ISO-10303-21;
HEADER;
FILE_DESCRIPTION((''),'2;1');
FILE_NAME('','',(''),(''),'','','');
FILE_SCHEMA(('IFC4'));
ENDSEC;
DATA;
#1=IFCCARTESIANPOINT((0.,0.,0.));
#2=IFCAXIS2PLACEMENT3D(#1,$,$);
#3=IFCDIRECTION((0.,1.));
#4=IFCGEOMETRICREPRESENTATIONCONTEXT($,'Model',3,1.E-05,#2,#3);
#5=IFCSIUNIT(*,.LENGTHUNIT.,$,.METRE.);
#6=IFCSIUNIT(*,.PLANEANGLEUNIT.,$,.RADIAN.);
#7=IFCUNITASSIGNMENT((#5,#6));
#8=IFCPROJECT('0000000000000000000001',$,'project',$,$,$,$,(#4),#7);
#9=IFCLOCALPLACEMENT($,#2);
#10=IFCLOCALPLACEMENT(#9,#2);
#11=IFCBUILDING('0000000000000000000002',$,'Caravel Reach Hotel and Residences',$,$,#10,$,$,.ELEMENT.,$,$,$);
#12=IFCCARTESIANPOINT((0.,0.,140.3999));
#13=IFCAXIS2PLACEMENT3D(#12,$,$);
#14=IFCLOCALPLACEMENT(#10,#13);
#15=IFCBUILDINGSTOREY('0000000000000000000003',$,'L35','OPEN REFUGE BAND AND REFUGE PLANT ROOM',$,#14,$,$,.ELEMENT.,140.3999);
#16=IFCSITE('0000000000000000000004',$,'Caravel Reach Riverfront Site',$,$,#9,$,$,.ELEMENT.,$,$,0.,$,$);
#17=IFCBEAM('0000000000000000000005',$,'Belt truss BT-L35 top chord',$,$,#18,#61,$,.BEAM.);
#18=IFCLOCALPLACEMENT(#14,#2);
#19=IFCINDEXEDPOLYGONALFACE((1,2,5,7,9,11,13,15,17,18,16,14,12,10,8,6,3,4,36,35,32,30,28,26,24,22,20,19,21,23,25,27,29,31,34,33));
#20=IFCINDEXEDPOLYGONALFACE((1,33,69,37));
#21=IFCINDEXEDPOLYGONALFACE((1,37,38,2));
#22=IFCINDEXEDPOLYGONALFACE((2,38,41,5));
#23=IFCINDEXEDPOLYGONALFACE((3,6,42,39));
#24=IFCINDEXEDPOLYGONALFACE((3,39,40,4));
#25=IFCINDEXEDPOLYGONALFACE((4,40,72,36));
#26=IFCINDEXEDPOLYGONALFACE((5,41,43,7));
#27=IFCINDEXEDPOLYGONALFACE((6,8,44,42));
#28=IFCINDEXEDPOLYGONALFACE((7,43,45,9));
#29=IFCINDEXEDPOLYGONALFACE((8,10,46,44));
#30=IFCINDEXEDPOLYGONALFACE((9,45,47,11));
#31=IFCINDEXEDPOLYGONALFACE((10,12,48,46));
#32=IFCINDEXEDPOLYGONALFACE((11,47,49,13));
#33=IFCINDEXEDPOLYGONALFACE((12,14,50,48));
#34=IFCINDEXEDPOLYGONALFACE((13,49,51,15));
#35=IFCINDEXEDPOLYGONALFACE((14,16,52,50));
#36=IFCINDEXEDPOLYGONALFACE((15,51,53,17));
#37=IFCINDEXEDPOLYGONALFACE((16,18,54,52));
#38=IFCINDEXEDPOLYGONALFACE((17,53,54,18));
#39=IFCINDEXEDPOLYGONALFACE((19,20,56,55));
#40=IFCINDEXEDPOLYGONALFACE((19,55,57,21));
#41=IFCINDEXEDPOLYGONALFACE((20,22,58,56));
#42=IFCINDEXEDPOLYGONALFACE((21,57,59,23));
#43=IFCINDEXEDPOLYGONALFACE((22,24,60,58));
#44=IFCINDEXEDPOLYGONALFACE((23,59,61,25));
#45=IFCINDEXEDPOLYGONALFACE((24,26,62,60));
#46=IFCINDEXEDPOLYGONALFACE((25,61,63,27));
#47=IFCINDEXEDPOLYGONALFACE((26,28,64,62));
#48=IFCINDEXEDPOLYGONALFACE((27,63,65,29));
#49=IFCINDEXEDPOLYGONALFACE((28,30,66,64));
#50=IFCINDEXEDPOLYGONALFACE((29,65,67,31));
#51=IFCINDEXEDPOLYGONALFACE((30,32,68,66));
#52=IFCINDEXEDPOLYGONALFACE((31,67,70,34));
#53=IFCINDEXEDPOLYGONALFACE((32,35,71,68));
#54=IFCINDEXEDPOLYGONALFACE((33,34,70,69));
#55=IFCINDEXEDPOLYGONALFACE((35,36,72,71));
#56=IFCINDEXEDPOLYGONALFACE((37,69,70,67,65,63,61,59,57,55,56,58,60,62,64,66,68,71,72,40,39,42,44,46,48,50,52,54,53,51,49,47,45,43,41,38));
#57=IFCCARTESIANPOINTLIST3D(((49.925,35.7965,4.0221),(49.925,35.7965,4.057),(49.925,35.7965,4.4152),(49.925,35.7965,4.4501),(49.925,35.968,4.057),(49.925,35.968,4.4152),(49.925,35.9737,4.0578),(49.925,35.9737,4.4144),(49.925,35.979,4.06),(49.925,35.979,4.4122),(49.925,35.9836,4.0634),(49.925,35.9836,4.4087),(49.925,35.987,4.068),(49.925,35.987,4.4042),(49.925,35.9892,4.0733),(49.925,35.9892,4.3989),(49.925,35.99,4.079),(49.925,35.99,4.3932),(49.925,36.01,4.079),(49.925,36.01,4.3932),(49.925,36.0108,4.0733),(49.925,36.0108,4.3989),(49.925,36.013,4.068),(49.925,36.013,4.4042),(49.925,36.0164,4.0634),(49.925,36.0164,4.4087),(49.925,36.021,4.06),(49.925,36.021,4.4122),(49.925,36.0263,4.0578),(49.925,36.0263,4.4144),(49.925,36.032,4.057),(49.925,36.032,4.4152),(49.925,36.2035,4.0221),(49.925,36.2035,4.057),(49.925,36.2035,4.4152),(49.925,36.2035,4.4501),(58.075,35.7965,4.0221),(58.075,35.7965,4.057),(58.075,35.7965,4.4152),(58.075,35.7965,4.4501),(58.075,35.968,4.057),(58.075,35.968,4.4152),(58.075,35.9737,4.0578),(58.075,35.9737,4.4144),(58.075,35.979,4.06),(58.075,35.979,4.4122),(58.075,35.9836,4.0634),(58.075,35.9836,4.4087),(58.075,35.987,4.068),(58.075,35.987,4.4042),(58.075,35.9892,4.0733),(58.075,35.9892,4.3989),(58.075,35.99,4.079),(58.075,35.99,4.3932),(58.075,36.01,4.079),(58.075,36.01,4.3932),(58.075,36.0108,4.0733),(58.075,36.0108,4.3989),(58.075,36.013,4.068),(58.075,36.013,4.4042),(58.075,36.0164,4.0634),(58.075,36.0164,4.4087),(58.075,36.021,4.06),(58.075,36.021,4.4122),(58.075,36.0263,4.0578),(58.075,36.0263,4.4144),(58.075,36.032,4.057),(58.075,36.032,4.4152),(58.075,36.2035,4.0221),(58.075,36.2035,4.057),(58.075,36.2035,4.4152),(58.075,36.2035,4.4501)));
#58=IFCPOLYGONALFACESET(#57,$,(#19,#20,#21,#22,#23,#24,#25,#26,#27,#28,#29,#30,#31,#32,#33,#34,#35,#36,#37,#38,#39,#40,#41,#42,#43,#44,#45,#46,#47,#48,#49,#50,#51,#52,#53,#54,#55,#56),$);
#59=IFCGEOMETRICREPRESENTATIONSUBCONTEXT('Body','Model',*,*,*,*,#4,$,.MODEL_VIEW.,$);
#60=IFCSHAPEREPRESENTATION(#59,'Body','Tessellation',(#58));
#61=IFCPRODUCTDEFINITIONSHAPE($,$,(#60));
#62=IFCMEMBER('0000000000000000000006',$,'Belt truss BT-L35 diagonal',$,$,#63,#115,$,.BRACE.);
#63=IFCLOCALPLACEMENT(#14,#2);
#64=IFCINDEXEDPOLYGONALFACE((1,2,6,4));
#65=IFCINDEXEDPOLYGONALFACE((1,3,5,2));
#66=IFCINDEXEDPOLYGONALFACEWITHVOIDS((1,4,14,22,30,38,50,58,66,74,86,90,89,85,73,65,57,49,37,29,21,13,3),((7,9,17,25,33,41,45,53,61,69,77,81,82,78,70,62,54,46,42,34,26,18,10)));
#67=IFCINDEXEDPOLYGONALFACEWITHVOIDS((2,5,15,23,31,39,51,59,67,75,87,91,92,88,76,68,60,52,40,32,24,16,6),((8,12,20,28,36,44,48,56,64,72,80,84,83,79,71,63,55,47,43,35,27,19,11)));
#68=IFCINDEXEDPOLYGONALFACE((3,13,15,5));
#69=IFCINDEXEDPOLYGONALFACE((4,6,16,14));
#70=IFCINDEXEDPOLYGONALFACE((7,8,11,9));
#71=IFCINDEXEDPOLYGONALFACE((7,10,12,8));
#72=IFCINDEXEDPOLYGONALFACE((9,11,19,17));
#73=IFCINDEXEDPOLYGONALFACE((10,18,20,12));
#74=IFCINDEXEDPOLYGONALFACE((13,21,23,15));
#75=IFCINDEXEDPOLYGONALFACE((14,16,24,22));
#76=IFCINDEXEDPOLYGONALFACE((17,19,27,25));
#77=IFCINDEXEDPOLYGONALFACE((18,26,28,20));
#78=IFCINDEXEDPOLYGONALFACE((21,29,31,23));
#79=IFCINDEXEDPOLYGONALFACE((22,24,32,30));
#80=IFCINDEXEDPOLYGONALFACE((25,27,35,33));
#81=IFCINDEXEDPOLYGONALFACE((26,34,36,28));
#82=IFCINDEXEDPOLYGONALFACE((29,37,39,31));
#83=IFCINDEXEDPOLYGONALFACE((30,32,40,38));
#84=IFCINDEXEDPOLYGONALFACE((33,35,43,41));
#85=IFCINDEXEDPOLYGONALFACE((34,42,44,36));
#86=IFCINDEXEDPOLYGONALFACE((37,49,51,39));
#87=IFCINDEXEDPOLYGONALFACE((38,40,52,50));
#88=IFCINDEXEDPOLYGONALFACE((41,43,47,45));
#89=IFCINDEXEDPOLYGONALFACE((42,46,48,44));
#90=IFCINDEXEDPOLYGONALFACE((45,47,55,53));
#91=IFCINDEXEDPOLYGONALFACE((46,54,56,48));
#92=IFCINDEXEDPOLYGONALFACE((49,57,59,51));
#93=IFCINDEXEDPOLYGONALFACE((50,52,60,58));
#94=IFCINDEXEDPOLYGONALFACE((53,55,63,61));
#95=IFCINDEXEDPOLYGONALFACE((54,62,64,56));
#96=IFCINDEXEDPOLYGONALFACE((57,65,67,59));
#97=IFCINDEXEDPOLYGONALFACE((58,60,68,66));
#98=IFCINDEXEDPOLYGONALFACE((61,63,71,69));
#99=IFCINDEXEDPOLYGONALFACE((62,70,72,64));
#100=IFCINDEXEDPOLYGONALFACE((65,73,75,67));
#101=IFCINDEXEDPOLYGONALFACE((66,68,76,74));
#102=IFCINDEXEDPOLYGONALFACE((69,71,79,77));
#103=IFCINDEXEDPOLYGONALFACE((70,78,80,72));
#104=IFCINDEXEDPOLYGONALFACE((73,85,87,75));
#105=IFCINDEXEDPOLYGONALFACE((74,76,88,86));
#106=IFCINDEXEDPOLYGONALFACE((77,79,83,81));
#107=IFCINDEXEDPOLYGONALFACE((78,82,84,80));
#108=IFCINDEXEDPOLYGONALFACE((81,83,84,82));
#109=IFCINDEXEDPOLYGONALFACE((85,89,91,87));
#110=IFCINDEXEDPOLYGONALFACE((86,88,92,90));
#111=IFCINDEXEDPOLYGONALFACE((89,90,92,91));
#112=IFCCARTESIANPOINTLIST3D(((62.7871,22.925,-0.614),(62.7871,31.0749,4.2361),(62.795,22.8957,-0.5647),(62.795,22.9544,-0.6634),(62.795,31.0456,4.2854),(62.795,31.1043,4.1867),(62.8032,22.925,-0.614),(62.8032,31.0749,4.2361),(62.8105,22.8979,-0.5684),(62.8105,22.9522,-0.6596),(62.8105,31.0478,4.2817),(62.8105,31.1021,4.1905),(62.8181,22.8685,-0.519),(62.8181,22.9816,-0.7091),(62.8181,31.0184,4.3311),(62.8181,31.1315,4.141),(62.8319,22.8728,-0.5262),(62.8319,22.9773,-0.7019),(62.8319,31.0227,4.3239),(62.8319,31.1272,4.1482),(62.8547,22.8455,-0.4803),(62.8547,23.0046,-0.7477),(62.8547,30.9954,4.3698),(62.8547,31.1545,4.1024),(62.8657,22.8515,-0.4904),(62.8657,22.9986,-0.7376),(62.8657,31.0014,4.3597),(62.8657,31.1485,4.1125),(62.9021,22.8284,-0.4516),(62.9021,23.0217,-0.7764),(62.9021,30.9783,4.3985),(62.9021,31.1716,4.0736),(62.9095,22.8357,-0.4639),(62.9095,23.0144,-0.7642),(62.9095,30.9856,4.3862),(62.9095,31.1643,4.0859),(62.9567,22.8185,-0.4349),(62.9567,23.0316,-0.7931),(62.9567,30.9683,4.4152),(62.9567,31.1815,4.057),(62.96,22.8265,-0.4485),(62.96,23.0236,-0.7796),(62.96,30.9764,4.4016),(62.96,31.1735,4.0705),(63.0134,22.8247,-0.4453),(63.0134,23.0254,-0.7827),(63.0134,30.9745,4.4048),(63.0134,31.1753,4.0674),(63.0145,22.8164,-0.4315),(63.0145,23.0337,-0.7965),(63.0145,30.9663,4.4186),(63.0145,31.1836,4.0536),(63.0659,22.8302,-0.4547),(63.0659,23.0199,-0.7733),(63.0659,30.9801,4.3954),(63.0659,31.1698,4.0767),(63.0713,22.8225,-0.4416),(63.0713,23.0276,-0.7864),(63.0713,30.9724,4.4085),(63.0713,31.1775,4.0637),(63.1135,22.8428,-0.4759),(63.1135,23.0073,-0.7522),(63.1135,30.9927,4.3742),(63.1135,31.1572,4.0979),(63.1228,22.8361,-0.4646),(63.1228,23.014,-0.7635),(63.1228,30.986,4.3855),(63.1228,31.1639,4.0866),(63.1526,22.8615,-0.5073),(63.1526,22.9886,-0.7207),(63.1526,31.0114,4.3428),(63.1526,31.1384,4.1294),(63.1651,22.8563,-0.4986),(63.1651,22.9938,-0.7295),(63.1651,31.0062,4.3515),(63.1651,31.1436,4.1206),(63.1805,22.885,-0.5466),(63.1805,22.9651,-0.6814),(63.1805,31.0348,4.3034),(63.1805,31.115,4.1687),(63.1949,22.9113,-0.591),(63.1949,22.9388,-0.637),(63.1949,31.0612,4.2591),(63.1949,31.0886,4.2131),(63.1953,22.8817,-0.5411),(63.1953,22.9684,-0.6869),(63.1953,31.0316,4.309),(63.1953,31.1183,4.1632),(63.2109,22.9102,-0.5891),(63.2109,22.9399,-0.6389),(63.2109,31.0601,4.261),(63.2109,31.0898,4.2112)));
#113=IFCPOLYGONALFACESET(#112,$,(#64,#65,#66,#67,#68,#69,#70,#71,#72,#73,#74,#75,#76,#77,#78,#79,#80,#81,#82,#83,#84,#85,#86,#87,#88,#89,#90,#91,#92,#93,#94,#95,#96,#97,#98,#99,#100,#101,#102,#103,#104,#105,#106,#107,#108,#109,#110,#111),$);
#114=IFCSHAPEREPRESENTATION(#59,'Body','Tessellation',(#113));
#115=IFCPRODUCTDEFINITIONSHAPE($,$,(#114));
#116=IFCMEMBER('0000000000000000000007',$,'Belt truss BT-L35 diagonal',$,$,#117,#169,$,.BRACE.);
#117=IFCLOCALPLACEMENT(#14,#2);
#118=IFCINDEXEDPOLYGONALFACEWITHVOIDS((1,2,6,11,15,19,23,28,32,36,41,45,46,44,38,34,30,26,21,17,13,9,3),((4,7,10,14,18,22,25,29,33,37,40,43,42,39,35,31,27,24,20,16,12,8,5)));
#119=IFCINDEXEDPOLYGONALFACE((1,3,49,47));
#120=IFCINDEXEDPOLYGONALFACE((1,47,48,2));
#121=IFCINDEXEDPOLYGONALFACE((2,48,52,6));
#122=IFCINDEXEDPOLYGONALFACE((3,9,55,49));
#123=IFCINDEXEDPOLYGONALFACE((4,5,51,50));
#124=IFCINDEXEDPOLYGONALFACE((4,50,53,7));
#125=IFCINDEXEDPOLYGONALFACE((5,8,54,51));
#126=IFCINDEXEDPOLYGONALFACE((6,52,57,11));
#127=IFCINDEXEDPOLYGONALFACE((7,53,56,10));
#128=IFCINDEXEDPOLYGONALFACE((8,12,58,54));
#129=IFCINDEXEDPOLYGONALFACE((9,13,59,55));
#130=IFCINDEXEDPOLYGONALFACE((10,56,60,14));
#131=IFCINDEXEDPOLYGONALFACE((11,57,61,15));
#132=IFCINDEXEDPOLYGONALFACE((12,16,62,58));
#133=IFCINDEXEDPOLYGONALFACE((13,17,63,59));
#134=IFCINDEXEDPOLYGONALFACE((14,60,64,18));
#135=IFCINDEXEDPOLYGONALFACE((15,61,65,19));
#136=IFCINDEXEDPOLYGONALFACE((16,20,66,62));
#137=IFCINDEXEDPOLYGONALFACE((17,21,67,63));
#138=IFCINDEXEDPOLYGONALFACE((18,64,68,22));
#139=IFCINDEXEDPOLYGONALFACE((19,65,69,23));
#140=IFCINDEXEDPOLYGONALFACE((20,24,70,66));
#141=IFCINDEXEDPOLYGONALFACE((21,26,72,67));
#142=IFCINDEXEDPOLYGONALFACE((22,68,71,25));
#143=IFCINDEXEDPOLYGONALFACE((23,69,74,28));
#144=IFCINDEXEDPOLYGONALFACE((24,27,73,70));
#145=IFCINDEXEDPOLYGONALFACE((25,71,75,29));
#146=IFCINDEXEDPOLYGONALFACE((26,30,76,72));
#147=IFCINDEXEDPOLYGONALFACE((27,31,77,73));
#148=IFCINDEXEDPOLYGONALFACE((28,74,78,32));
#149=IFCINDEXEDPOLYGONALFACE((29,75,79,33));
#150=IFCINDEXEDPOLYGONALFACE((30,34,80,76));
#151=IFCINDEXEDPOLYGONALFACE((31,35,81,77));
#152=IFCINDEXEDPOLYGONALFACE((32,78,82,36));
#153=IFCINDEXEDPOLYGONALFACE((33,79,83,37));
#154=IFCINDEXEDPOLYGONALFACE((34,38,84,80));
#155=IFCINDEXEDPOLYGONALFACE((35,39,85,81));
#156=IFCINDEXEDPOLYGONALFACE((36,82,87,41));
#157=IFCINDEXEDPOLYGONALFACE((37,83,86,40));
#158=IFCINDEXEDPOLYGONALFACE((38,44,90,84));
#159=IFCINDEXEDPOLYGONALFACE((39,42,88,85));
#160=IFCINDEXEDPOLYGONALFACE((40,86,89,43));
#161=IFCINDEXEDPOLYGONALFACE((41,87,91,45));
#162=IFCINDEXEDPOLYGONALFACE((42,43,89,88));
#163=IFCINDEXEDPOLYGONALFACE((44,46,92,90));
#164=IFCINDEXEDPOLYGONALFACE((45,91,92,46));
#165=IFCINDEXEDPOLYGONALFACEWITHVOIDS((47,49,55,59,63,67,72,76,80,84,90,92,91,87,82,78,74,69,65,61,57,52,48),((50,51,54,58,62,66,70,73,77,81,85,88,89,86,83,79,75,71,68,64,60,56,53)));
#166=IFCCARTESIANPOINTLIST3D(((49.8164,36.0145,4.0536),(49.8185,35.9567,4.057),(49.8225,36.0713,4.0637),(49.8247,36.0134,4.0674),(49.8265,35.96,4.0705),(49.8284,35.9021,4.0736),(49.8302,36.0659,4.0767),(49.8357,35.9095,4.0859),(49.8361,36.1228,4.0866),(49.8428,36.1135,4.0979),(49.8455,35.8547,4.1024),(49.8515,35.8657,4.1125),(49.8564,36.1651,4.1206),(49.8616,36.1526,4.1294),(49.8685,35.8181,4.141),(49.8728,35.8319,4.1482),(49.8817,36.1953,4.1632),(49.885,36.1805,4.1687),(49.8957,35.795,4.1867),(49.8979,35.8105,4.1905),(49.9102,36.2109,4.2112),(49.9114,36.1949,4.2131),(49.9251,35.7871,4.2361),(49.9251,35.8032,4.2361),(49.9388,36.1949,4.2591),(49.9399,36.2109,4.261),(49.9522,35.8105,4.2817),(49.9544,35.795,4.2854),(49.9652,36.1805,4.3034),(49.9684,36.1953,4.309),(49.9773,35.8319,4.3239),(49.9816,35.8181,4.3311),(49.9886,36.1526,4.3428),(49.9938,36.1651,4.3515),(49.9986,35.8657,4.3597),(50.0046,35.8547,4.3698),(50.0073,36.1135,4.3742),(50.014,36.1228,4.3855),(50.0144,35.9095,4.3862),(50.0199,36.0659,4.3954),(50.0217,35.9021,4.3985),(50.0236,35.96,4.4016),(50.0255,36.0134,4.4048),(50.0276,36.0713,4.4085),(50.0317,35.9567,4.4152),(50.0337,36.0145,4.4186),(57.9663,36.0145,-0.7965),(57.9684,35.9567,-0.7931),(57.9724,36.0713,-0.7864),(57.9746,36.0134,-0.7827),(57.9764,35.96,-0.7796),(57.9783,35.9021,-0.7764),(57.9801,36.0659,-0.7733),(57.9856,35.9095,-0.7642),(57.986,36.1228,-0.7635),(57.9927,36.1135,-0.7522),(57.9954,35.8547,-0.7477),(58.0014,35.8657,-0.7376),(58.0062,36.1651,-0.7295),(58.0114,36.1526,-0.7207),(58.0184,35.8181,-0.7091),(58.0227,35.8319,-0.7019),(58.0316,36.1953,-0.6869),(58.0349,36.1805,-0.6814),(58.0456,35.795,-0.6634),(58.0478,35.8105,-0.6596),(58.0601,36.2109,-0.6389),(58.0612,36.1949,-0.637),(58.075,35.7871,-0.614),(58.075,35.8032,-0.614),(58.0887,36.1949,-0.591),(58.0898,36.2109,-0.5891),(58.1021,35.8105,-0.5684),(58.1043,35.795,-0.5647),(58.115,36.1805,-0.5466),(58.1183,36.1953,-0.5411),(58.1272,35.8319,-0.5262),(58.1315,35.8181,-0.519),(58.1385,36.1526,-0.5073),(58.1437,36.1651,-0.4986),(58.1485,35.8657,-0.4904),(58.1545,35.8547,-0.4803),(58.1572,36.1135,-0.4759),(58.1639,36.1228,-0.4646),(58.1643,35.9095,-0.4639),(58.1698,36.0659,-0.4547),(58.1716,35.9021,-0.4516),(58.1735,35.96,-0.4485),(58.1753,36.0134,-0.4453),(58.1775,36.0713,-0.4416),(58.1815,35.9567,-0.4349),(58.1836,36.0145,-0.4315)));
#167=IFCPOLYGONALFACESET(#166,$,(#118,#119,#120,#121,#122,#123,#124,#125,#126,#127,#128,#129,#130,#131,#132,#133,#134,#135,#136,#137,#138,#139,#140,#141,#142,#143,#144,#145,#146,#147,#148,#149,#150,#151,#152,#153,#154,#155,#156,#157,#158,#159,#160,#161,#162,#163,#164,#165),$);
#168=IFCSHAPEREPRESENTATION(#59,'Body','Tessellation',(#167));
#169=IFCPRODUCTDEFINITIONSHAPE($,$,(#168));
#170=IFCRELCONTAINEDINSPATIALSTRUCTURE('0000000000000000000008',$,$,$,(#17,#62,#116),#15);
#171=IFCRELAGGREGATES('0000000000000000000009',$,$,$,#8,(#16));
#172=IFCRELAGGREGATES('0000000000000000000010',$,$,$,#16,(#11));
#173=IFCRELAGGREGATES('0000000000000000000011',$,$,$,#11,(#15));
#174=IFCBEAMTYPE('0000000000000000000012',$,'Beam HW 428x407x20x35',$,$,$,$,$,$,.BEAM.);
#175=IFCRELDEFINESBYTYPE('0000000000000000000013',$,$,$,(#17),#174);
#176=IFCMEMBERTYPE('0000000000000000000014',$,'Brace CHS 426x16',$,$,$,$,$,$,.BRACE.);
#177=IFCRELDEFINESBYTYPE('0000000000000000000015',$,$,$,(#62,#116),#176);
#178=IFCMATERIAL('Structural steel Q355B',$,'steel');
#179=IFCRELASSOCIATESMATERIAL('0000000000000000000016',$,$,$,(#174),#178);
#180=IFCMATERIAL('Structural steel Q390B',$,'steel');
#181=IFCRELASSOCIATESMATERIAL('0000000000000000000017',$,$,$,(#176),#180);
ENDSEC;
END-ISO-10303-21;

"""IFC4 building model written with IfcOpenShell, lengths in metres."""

from ifc_helpers import new_model, si_unit, direction, frame, origin, origin_2d, place, context, subcontext, project, spatial, hollow_circle, i_section, extrude, material, material_profile, profile_set, type_object, element, save


model = new_model("IFC4")

# Units and contexts
model_context = context("Model", 3, precision=1e-05, world=origin(), true_north=direction((0.0, 1.0)))
body_context = subcontext(model_context, "Body", "Model", "MODEL_VIEW")
ifc_project = project(units=[si_unit("LENGTHUNIT", "METRE"), si_unit("PLANEANGLEUNIT", "RADIAN")], contexts=[model_context])

# Site, building, storey
site_placement = place(None, origin())
site = spatial("IfcSite", under=ifc_project, at=site_placement, Name="Caravel Reach Riverfront Site", CompositionType="ELEMENT", RefElevation=0.0)
building_placement = place(site_placement, origin())
building = spatial("IfcBuilding", under=site, at=building_placement, Name="Caravel Reach Hotel and Residences", CompositionType="ELEMENT")
storey_placement = place(building_placement, frame((0.0, 0.0, 140.3999)))
storey = spatial("IfcBuildingStorey", under=building, at=storey_placement, Name="L35", Description="OPEN REFUGE BAND AND REFUGE PLANT ROOM", CompositionType="ELEMENT", Elevation=140.3999)

# Beam
ifc_material_1 = material(Name="Structural steel Q355B", Category="steel")
ifc_material_profile_1 = material_profile(ifc_material_1, i_section(OverallWidth=0.407, OverallDepth=0.428, WebThickness=0.02, FlangeThickness=0.0349, FilletRadius=0.022, at=origin_2d()), Name="HW 428x407x20x35")
ifc_profile_set_1 = profile_set([ifc_material_profile_1], Name="Structural steel Q355B")
beam_type = type_object("IfcBeamType", Name="Beam HW 428x407x20x35", PredefinedType="BEAM", material=ifc_profile_set_1)
for number, where, z_axis, x_axis, name in (
    (1, (58.075, 36.0, 4.2361), (-1.0, 0.0, 0.0), (0.0, -1.0, 0.0), "Belt truss BT-L35 top chord"),
):
    element("IfcBeam", number, at=place(storey_placement, frame(where, z_axis=z_axis, x_axis=x_axis)), inside=storey, type_object=beam_type, Name=name, PredefinedType="BEAM", context=body_context, shape_type="SweptSolid", body=[
        extrude(i_section(OverallWidth=0.407, OverallDepth=0.428, WebThickness=0.02, FlangeThickness=0.0349, FilletRadius=0.022, at=origin_2d()), origin(), (0.0, 0.0, 1.0), 8.1499),
    ])

# Members
ifc_material_2 = material(Name="Structural steel Q390B", Category="steel")
ifc_material_profile_2 = material_profile(ifc_material_2, hollow_circle(Radius=0.2129, WallThickness=0.0161, at=origin_2d()), Name="CHS 426x16")
ifc_profile_set_2 = profile_set([ifc_material_profile_2], Name="Structural steel Q390B")
member_type = type_object("IfcMemberType", Name="Brace CHS 426x16", PredefinedType="BRACE", material=ifc_profile_set_2)
for number, where, z_axis, x_axis, name in (
    (2, (63.0, 22.925, -0.614), (0.0, 0.859341, 0.511403), (-1.0, 0.0, 0.0), "Belt truss BT-L35 diagonal"),
    (3, (58.075, 36.0, -0.614), (-0.859341, 0.0, 0.511403), (0.0, -1.0, 0.0), "Belt truss BT-L35 diagonal"),
):
    element("IfcMember", number, at=place(storey_placement, frame(where, z_axis=z_axis, x_axis=x_axis)), inside=storey, type_object=member_type, Name=name, PredefinedType="BRACE", context=body_context, shape_type="SweptSolid", body=[
        extrude(hollow_circle(Radius=0.2129, WallThickness=0.0161, at=origin_2d()), origin(), (0.0, 0.0, 1.0), 9.4839),
    ])

save(model, "model.ifc")
